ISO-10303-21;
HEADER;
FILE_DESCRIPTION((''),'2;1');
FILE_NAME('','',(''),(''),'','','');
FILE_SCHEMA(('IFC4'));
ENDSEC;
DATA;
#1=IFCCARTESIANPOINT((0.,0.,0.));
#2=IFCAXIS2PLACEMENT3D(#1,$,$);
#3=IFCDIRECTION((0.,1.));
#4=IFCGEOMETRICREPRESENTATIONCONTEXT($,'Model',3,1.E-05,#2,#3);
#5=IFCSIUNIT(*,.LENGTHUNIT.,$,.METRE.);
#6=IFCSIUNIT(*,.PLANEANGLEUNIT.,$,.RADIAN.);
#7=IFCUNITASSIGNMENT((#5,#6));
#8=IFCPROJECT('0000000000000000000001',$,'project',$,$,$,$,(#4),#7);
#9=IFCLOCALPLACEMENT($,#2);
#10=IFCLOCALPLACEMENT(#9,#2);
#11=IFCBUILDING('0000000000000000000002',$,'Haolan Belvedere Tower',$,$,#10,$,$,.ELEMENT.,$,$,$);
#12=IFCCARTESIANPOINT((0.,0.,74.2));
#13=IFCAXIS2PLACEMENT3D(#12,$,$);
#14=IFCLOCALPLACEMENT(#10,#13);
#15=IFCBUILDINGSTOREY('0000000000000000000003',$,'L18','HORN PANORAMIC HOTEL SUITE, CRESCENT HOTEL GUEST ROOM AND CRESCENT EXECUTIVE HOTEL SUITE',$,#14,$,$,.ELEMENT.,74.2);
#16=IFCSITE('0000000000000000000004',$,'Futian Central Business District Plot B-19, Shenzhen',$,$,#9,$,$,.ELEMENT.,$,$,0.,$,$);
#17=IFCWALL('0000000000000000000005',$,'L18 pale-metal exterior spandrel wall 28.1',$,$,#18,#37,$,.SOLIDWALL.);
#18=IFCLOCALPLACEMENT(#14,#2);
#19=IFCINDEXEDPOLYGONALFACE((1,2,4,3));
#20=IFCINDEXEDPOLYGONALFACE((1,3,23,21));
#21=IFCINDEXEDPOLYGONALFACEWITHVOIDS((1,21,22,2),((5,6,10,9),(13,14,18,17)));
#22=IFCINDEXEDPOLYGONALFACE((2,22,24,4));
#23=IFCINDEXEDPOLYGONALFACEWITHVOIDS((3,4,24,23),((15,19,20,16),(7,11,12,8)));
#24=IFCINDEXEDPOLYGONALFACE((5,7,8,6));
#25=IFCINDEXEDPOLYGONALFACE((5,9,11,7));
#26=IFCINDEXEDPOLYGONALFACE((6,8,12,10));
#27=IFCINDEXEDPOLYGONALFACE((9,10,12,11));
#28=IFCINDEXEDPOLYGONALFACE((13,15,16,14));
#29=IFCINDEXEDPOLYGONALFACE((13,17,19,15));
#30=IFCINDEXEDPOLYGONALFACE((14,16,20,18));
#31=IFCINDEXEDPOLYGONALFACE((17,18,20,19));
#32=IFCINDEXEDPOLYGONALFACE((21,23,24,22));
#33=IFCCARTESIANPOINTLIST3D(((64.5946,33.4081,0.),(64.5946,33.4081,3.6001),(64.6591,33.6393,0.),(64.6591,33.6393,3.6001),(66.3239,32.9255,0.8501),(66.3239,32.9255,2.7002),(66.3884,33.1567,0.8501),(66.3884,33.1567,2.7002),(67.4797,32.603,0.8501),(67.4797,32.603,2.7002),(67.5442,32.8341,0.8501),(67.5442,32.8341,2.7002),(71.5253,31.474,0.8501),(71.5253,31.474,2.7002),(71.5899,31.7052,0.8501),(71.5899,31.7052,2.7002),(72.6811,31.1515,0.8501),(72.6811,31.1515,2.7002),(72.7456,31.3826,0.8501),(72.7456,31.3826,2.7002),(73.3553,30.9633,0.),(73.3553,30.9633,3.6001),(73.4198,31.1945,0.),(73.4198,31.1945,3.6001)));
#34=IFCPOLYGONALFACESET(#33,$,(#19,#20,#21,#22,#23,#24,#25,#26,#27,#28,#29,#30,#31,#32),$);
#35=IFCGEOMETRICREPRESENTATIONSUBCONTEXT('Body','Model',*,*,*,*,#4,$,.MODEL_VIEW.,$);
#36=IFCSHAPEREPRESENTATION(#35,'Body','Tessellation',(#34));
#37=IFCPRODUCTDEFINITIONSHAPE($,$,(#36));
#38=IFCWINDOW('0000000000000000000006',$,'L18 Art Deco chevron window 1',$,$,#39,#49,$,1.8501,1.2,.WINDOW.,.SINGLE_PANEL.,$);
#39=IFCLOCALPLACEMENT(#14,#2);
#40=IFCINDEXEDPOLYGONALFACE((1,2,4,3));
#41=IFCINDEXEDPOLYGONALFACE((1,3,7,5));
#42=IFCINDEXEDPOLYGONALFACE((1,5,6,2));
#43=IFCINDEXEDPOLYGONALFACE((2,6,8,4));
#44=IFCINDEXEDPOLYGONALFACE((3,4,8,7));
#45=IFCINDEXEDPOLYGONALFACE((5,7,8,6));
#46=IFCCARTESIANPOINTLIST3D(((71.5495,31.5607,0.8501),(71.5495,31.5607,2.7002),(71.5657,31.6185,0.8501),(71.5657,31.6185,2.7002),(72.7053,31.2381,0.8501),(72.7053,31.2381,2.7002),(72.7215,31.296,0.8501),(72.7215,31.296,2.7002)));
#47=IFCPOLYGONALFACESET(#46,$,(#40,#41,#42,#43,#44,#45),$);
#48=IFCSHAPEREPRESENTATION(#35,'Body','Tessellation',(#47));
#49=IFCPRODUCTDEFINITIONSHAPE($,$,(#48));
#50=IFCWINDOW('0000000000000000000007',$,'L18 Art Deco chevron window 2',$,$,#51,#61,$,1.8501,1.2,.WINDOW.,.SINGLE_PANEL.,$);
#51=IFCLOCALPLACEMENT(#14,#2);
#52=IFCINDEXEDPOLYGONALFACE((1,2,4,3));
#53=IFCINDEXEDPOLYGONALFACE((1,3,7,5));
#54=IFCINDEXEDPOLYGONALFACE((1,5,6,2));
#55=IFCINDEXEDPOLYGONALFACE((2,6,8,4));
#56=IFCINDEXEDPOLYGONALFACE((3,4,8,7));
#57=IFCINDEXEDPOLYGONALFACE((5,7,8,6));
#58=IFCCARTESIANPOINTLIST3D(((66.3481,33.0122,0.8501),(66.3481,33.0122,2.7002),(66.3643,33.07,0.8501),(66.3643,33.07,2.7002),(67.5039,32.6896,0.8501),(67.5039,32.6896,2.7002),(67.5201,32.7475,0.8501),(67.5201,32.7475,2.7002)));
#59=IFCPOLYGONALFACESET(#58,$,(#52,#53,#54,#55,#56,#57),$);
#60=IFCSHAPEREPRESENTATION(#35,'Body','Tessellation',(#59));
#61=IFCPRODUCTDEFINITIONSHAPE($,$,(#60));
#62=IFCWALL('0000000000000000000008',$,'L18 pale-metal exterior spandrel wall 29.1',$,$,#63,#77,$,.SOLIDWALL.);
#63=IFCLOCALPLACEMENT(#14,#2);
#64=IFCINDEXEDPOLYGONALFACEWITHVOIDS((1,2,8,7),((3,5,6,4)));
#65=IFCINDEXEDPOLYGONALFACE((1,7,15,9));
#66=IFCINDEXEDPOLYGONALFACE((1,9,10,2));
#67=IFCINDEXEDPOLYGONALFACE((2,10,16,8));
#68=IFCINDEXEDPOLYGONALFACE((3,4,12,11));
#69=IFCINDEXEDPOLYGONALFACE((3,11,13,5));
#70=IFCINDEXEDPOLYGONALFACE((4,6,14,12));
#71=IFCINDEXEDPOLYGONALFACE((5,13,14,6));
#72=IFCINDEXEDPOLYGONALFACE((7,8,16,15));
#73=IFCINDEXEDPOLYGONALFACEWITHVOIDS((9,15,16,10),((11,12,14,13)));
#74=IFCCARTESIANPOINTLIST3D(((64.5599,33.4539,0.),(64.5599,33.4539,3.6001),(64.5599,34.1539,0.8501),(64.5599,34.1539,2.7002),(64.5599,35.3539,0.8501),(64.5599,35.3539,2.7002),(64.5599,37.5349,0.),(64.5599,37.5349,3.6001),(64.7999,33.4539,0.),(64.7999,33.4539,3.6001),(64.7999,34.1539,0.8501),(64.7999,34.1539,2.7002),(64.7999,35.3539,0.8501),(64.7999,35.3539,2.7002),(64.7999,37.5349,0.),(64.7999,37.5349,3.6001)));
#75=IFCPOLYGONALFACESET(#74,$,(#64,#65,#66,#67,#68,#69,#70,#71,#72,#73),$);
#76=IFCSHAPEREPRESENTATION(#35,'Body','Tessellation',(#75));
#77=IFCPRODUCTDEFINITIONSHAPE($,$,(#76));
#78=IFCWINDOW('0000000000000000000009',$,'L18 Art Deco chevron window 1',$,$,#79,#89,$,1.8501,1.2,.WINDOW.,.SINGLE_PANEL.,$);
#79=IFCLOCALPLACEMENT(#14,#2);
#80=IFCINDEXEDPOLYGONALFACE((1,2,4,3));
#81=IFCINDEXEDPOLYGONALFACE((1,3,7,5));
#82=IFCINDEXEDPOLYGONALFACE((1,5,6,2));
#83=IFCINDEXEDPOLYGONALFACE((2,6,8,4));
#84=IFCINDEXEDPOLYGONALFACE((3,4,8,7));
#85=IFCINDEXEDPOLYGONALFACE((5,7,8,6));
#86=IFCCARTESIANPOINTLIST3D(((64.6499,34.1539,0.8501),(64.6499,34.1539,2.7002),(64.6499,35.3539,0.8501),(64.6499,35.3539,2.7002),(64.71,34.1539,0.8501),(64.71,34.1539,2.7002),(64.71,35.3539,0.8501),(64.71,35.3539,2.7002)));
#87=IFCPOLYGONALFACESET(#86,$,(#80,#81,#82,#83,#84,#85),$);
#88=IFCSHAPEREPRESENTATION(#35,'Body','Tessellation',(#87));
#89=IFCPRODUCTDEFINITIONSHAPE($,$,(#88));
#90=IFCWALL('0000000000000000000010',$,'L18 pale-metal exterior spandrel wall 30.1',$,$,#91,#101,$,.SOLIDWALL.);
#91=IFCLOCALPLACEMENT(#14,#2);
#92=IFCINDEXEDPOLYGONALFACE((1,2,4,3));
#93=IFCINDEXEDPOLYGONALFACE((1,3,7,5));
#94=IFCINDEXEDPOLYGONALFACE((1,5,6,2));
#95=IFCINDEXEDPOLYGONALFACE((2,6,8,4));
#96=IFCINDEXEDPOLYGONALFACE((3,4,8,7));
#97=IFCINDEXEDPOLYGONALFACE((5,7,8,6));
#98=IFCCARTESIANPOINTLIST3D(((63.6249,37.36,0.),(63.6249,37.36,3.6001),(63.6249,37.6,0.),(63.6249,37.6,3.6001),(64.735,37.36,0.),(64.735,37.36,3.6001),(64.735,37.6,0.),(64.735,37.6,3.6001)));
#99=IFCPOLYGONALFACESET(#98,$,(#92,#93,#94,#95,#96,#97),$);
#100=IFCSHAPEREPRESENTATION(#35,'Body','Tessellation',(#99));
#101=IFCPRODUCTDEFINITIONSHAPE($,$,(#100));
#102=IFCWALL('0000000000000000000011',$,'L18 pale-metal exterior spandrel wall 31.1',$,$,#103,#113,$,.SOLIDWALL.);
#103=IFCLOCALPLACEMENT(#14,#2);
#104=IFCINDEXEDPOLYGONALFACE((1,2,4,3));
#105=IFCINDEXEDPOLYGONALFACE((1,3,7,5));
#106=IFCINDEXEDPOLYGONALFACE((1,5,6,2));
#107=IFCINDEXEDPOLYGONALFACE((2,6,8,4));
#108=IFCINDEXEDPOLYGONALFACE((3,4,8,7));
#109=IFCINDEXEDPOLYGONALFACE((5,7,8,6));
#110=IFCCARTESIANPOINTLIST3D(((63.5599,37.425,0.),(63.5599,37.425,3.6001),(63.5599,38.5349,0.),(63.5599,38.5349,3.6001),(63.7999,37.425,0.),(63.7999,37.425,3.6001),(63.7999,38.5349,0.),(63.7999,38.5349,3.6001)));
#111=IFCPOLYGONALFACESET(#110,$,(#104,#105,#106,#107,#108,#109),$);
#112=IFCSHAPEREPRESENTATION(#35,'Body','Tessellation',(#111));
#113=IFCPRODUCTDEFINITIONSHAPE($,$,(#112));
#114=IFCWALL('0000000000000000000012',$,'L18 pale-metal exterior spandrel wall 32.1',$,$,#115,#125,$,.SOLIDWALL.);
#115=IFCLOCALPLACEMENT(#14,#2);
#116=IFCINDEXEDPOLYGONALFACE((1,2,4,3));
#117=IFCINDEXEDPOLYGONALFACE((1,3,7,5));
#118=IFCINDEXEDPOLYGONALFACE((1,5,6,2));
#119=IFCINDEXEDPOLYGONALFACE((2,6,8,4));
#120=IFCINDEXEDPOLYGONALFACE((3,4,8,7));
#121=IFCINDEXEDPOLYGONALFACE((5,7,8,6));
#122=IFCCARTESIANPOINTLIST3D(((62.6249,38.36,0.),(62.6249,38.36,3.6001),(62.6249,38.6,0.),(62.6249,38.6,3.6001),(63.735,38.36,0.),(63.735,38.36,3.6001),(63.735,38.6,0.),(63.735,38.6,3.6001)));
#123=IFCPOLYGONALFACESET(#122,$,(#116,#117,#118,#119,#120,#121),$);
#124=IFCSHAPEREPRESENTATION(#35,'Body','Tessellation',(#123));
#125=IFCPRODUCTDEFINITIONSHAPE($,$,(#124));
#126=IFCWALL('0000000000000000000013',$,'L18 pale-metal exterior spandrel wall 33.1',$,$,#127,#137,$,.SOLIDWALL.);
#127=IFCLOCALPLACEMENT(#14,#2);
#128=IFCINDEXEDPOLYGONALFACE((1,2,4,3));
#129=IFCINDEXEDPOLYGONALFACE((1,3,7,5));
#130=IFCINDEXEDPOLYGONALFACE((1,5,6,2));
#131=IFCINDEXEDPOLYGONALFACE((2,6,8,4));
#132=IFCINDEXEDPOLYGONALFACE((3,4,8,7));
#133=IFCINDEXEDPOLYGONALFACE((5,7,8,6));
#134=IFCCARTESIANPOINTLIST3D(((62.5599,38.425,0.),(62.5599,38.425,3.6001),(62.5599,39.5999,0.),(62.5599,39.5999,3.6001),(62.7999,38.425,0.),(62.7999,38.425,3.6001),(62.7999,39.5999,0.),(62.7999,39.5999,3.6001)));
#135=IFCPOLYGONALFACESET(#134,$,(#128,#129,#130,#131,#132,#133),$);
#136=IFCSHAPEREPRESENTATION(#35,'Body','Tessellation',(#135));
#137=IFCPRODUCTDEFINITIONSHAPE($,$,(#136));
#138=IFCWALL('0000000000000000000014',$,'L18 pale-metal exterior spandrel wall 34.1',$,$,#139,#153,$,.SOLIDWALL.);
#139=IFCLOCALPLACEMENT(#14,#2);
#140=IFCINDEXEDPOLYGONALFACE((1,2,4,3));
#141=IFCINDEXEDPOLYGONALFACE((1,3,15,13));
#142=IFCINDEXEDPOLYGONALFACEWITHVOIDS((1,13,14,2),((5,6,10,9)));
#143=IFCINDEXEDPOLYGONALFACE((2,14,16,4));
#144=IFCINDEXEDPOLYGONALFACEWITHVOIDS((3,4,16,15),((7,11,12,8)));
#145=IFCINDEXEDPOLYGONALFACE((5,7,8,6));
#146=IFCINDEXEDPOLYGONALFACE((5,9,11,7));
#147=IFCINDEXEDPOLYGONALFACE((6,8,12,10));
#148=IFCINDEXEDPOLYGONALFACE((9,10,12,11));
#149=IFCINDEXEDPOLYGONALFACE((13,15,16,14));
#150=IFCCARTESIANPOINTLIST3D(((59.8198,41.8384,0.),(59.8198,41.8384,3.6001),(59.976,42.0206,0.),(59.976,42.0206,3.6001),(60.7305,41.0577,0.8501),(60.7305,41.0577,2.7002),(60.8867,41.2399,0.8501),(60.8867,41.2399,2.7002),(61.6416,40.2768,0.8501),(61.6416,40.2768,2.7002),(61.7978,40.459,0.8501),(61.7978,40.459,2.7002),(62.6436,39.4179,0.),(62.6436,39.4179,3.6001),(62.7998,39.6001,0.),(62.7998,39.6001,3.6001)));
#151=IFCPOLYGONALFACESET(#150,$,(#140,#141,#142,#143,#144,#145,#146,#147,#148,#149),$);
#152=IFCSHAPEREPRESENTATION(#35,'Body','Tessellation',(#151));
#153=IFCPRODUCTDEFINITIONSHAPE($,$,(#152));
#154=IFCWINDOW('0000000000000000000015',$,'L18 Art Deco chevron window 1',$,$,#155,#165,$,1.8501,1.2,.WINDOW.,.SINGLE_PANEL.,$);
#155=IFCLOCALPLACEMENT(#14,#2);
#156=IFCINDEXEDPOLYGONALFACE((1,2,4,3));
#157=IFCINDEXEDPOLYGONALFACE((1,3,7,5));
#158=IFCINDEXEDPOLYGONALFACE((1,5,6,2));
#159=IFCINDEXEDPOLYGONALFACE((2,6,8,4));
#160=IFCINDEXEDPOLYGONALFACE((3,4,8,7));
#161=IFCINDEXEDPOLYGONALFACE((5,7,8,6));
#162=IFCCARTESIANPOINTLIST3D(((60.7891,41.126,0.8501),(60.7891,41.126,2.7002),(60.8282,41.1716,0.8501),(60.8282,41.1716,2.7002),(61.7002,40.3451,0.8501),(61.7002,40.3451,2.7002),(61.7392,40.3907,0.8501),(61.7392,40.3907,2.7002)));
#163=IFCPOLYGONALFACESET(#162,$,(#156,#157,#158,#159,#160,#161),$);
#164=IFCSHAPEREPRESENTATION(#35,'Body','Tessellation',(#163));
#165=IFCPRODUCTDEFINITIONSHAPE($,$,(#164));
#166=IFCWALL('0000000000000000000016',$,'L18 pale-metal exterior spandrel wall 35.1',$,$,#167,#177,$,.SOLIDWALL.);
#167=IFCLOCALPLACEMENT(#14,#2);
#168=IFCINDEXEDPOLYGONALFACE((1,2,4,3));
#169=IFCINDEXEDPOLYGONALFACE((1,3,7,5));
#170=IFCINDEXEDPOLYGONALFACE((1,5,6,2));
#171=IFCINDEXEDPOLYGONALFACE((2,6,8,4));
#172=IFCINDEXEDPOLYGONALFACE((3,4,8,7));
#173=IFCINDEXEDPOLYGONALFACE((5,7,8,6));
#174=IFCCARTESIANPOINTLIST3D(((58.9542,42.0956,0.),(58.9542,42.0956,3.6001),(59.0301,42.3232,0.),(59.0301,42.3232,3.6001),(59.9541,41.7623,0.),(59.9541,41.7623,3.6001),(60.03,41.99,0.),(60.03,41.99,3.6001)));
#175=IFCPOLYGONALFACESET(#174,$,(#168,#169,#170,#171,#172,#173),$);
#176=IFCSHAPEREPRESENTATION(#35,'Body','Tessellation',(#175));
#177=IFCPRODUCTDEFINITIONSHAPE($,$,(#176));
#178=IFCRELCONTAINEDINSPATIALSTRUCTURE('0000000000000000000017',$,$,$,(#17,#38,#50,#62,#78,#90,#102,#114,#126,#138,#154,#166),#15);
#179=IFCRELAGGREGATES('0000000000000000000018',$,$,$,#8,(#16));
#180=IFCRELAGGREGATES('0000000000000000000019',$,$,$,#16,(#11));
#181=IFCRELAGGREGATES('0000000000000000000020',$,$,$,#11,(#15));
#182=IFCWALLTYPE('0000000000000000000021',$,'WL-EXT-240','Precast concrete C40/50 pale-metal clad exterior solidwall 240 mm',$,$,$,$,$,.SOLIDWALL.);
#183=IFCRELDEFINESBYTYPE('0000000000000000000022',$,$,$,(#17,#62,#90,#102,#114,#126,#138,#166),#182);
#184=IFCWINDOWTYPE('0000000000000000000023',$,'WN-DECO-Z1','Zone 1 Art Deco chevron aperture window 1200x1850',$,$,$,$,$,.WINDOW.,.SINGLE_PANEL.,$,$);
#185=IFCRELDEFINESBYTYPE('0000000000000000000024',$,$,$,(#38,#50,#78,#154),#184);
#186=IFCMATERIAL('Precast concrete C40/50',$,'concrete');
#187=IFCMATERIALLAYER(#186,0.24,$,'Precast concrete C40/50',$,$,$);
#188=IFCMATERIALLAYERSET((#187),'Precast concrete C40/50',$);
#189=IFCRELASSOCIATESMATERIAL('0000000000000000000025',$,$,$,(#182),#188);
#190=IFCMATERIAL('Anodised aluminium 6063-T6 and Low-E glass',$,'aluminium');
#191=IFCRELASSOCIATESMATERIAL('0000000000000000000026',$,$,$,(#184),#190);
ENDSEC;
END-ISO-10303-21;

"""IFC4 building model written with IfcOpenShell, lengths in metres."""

from ifc_helpers import new_model, si_unit, direction, frame, frame_2d, origin, place, context, subcontext, project, spatial, rectangle, extrude, material, layer, layer_set, type_object, element, fill, save


model = new_model("IFC4")

# Units and contexts
model_context = context("Model", 3, precision=1e-05, world=origin(), true_north=direction((0.0, 1.0)))
body_context = subcontext(model_context, "Body", "Model", "MODEL_VIEW")
ifc_project = project(units=[si_unit("LENGTHUNIT", "METRE"), si_unit("PLANEANGLEUNIT", "RADIAN")], contexts=[model_context])

# Site, building, storey
site_placement = place(None, origin())
site = spatial("IfcSite", under=ifc_project, at=site_placement, Name="Futian Central Business District Plot B-19, Shenzhen", CompositionType="ELEMENT", RefElevation=0.0)
building_placement = place(site_placement, origin())
building = spatial("IfcBuilding", under=site, at=building_placement, Name="Haolan Belvedere Tower", CompositionType="ELEMENT")
storey_placement = place(building_placement, frame((0.0, 0.0, 74.2)))
storey = spatial("IfcBuildingStorey", under=building, at=storey_placement, Name="L18", Description="HORN PANORAMIC HOTEL SUITE, CRESCENT HOTEL GUEST ROOM AND CRESCENT EXECUTIVE HOTEL SUITE", CompositionType="ELEMENT", Elevation=74.2)

# Wall, openings, windows
ifc_material_1 = material(Name="Precast concrete C40/50", Category="concrete")
ifc_layer_1 = layer(ifc_material_1, 0.24, Name="Precast concrete C40/50")
ifc_layer_set_1 = layer_set([ifc_layer_1], Name="Precast concrete C40/50")
wall_type_1 = type_object("IfcWallType", Name="WL-EXT-240", Description="Precast concrete C40/50 pale-metal clad exterior solidwall 240 mm", PredefinedType="SOLIDWALL", material=ifc_layer_set_1)
wall_1_placement = place(storey_placement, frame((73.3877, 31.0789, 0.0), z_axis=(0.0, 0.0, 1.0), x_axis=(-0.963197, 0.268795, 0.0)))
wall_1 = element("IfcWall", 1, at=wall_1_placement, inside=storey, type_object=wall_type_1, Name="L18 pale-metal exterior spandrel wall 28.1", PredefinedType="SOLIDWALL", context=body_context, shape_type="SweptSolid", body=[
    extrude(rectangle(XDim=9.0955, YDim=0.24, at=frame_2d((4.5479, 0.0))), origin(), (0.0, 0.0, 1.0), 3.6001),
])
opening_1_placement = place(wall_1_placement, frame((0.7, 0.0, 0.8501)))
opening_1 = element("IfcOpeningElement", 2, at=opening_1_placement, cuts=wall_1, PredefinedType="OPENING", context=body_context, shape_type="SweptSolid", body=[
    extrude(rectangle(XDim=1.2, YDim=1.8501, at=frame_2d((0.6001, 0.925))), frame((0.0, 0.1299, 0.0), z_axis=(0.0, -1.0, 0.0), x_axis=(1.0, 0.0, 0.0)), (0.0, 0.0, 1.0), 0.26),
])
opening_2_placement = place(wall_1_placement, frame((6.1001, 0.0, 0.8501)))
opening_2 = element("IfcOpeningElement", 3, at=opening_2_placement, cuts=wall_1, PredefinedType="OPENING", context=body_context, shape_type="SweptSolid", body=[
    extrude(rectangle(XDim=1.2, YDim=1.8501, at=frame_2d((0.6001, 0.925))), frame((0.0, 0.1299, 0.0), z_axis=(0.0, -1.0, 0.0), x_axis=(1.0, 0.0, 0.0)), (0.0, 0.0, 1.0), 0.26),
])
ifc_material_2 = material(Name="Anodised aluminium 6063-T6 and Low-E glass", Category="aluminium")
window_type = type_object("IfcWindowType", Name="WN-DECO-Z1", Description="Zone 1 Art Deco chevron aperture window 1200x1850", PartitioningType="SINGLE_PANEL", PredefinedType="WINDOW", material=ifc_material_2)
window_1_placement = place(opening_1_placement, origin())
window_1 = element("IfcWindow", 4, at=window_1_placement, inside=storey, type_object=window_type, Name="L18 Art Deco chevron window 1", OverallHeight=1.8501, OverallWidth=1.2, PartitioningType="SINGLE_PANEL", PredefinedType="WINDOW", context=body_context, shape_type="SweptSolid", body=[
    extrude(rectangle(XDim=1.2, YDim=1.8501, at=frame_2d((0.6001, 0.925))), frame((0.0, 0.03, 0.0), z_axis=(0.0, -1.0, 0.0), x_axis=(1.0, 0.0, 0.0)), (0.0, 0.0, 1.0), 0.0601),
])
fill(opening_1, window_1)
window_2_placement = place(opening_2_placement, origin())
window_2 = element("IfcWindow", 5, at=window_2_placement, inside=storey, type_object=window_type, Name="L18 Art Deco chevron window 2", OverallHeight=1.8501, OverallWidth=1.2, PartitioningType="SINGLE_PANEL", PredefinedType="WINDOW", context=body_context, shape_type="SweptSolid", body=[
    extrude(rectangle(XDim=1.2, YDim=1.8501, at=frame_2d((0.6001, 0.925))), frame((0.0, 0.03, 0.0), z_axis=(0.0, -1.0, 0.0), x_axis=(1.0, 0.0, 0.0)), (0.0, 0.0, 1.0), 0.0601),
])
fill(opening_2, window_2)

# Wall, opening, window
wall_2_placement = place(storey_placement, frame((64.6799, 33.4539, 0.0), z_axis=(0.0, 0.0, 1.0), x_axis=(0.0, 1.0, 0.0)))
wall_2 = element("IfcWall", 6, at=wall_2_placement, inside=storey, type_object=wall_type_1, Name="L18 pale-metal exterior spandrel wall 29.1", PredefinedType="SOLIDWALL", context=body_context, shape_type="SweptSolid", body=[
    extrude(rectangle(XDim=4.0811, YDim=0.24, at=frame_2d((2.0405, 0.0))), origin(), (0.0, 0.0, 1.0), 3.6001),
])
opening_3_placement = place(wall_2_placement, frame((0.7, 0.0, 0.8501)))
opening_3 = element("IfcOpeningElement", 7, at=opening_3_placement, cuts=wall_2, PredefinedType="OPENING", context=body_context, shape_type="SweptSolid", body=[
    extrude(rectangle(XDim=1.2, YDim=1.8501, at=frame_2d((0.6001, 0.925))), frame((0.0, 0.1299, 0.0), z_axis=(0.0, -1.0, 0.0), x_axis=(1.0, 0.0, 0.0)), (0.0, 0.0, 1.0), 0.26),
])
window_3_placement = place(opening_3_placement, origin())
window_3 = element("IfcWindow", 8, at=window_3_placement, inside=storey, type_object=window_type, Name="L18 Art Deco chevron window 1", OverallHeight=1.8501, OverallWidth=1.2, PartitioningType="SINGLE_PANEL", PredefinedType="WINDOW", context=body_context, shape_type="SweptSolid", body=[
    extrude(rectangle(XDim=1.2, YDim=1.8501, at=frame_2d((0.6001, 0.925))), frame((0.0, 0.03, 0.0), z_axis=(0.0, -1.0, 0.0), x_axis=(1.0, 0.0, 0.0)), (0.0, 0.0, 1.0), 0.0601),
])
fill(opening_3, window_3)

# Walls
wall_3_placement = place(storey_placement, frame((64.7351, 37.48, 0.0), z_axis=(0.0, 0.0, 1.0), x_axis=(-1.0, 0.0, 0.0)))
element("IfcWall", 9, at=wall_3_placement, inside=storey, type_object=wall_type_1, Name="L18 pale-metal exterior spandrel wall 30.1", PredefinedType="SOLIDWALL", context=body_context, shape_type="SweptSolid", body=[
    extrude(rectangle(XDim=1.1101, YDim=0.24, at=frame_2d((0.5552, 0.0))), origin(), (0.0, 0.0, 1.0), 3.6001),
])
wall_4_placement = place(storey_placement, frame((63.6799, 37.425, 0.0), z_axis=(0.0, 0.0, 1.0), x_axis=(0.0, 1.0, 0.0)))
element("IfcWall", 10, at=wall_4_placement, inside=storey, type_object=wall_type_1, Name="L18 pale-metal exterior spandrel wall 31.1", PredefinedType="SOLIDWALL", context=body_context, shape_type="SweptSolid", body=[
    extrude(rectangle(XDim=1.1099, YDim=0.24, at=frame_2d((0.5549, 0.0))), origin(), (0.0, 0.0, 1.0), 3.6001),
])
wall_5_placement = place(storey_placement, frame((63.7351, 38.48, 0.0), z_axis=(0.0, 0.0, 1.0), x_axis=(-1.0, 0.0, 0.0)))
element("IfcWall", 11, at=wall_5_placement, inside=storey, type_object=wall_type_1, Name="L18 pale-metal exterior spandrel wall 32.1", PredefinedType="SOLIDWALL", context=body_context, shape_type="SweptSolid", body=[
    extrude(rectangle(XDim=1.1101, YDim=0.24, at=frame_2d((0.5552, 0.0))), origin(), (0.0, 0.0, 1.0), 3.6001),
])
wall_6_placement = place(storey_placement, frame((62.6799, 38.425, 0.0), z_axis=(0.0, 0.0, 1.0), x_axis=(0.0, 1.0, 0.0)))
element("IfcWall", 12, at=wall_6_placement, inside=storey, type_object=wall_type_1, Name="L18 pale-metal exterior spandrel wall 33.1", PredefinedType="SOLIDWALL", context=body_context, shape_type="SweptSolid", body=[
    extrude(rectangle(XDim=1.1748, YDim=0.24, at=frame_2d((0.5874, 0.0))), origin(), (0.0, 0.0, 1.0), 3.6001),
])

# Wall, opening, window
wall_7_placement = place(storey_placement, frame((62.7217, 39.509, 0.0), z_axis=(0.0, 0.0, 1.0), x_axis=(-0.759247, 0.650802, 0.0)))
wall_7 = element("IfcWall", 13, at=wall_7_placement, inside=storey, type_object=wall_type_1, Name="L18 pale-metal exterior spandrel wall 34.1", PredefinedType="SOLIDWALL", context=body_context, shape_type="SweptSolid", body=[
    extrude(rectangle(XDim=3.7192, YDim=0.24, at=frame_2d((1.8596, 0.0))), origin(), (0.0, 0.0, 1.0), 3.6001),
])
opening_4_placement = place(wall_7_placement, frame((1.3196, 0.0, 0.8501)))
opening_4 = element("IfcOpeningElement", 14, at=opening_4_placement, cuts=wall_7, PredefinedType="OPENING", context=body_context, shape_type="SweptSolid", body=[
    extrude(rectangle(XDim=1.2, YDim=1.8501, at=frame_2d((0.6001, 0.925))), frame((0.0, 0.1299, 0.0), z_axis=(0.0, -1.0, 0.0), x_axis=(1.0, 0.0, 0.0)), (0.0, 0.0, 1.0), 0.26),
])
window_4_placement = place(opening_4_placement, origin())
window_4 = element("IfcWindow", 15, at=window_4_placement, inside=storey, type_object=window_type, Name="L18 Art Deco chevron window 1", OverallHeight=1.8501, OverallWidth=1.2, PartitioningType="SINGLE_PANEL", PredefinedType="WINDOW", context=body_context, shape_type="SweptSolid", body=[
    extrude(rectangle(XDim=1.2, YDim=1.8501, at=frame_2d((0.6001, 0.925))), frame((0.0, 0.03, 0.0), z_axis=(0.0, -1.0, 0.0), x_axis=(1.0, 0.0, 0.0)), (0.0, 0.0, 1.0), 0.0601),
])
fill(opening_4, window_4)

# Wall
wall_8_placement = place(storey_placement, frame((59.9919, 41.8762, 0.0), z_axis=(0.0, 0.0, 1.0), x_axis=(-0.948706, 0.316158, 0.0)))
element("IfcWall", 16, at=wall_8_placement, inside=storey, type_object=wall_type_1, Name="L18 pale-metal exterior spandrel wall 35.1", PredefinedType="SOLIDWALL", context=body_context, shape_type="SweptSolid", body=[
    extrude(rectangle(XDim=1.054, YDim=0.24, at=frame_2d((0.5269, 0.0))), origin(), (0.0, 0.0, 1.0), 3.6001),
])

save(model, "model.ifc")
